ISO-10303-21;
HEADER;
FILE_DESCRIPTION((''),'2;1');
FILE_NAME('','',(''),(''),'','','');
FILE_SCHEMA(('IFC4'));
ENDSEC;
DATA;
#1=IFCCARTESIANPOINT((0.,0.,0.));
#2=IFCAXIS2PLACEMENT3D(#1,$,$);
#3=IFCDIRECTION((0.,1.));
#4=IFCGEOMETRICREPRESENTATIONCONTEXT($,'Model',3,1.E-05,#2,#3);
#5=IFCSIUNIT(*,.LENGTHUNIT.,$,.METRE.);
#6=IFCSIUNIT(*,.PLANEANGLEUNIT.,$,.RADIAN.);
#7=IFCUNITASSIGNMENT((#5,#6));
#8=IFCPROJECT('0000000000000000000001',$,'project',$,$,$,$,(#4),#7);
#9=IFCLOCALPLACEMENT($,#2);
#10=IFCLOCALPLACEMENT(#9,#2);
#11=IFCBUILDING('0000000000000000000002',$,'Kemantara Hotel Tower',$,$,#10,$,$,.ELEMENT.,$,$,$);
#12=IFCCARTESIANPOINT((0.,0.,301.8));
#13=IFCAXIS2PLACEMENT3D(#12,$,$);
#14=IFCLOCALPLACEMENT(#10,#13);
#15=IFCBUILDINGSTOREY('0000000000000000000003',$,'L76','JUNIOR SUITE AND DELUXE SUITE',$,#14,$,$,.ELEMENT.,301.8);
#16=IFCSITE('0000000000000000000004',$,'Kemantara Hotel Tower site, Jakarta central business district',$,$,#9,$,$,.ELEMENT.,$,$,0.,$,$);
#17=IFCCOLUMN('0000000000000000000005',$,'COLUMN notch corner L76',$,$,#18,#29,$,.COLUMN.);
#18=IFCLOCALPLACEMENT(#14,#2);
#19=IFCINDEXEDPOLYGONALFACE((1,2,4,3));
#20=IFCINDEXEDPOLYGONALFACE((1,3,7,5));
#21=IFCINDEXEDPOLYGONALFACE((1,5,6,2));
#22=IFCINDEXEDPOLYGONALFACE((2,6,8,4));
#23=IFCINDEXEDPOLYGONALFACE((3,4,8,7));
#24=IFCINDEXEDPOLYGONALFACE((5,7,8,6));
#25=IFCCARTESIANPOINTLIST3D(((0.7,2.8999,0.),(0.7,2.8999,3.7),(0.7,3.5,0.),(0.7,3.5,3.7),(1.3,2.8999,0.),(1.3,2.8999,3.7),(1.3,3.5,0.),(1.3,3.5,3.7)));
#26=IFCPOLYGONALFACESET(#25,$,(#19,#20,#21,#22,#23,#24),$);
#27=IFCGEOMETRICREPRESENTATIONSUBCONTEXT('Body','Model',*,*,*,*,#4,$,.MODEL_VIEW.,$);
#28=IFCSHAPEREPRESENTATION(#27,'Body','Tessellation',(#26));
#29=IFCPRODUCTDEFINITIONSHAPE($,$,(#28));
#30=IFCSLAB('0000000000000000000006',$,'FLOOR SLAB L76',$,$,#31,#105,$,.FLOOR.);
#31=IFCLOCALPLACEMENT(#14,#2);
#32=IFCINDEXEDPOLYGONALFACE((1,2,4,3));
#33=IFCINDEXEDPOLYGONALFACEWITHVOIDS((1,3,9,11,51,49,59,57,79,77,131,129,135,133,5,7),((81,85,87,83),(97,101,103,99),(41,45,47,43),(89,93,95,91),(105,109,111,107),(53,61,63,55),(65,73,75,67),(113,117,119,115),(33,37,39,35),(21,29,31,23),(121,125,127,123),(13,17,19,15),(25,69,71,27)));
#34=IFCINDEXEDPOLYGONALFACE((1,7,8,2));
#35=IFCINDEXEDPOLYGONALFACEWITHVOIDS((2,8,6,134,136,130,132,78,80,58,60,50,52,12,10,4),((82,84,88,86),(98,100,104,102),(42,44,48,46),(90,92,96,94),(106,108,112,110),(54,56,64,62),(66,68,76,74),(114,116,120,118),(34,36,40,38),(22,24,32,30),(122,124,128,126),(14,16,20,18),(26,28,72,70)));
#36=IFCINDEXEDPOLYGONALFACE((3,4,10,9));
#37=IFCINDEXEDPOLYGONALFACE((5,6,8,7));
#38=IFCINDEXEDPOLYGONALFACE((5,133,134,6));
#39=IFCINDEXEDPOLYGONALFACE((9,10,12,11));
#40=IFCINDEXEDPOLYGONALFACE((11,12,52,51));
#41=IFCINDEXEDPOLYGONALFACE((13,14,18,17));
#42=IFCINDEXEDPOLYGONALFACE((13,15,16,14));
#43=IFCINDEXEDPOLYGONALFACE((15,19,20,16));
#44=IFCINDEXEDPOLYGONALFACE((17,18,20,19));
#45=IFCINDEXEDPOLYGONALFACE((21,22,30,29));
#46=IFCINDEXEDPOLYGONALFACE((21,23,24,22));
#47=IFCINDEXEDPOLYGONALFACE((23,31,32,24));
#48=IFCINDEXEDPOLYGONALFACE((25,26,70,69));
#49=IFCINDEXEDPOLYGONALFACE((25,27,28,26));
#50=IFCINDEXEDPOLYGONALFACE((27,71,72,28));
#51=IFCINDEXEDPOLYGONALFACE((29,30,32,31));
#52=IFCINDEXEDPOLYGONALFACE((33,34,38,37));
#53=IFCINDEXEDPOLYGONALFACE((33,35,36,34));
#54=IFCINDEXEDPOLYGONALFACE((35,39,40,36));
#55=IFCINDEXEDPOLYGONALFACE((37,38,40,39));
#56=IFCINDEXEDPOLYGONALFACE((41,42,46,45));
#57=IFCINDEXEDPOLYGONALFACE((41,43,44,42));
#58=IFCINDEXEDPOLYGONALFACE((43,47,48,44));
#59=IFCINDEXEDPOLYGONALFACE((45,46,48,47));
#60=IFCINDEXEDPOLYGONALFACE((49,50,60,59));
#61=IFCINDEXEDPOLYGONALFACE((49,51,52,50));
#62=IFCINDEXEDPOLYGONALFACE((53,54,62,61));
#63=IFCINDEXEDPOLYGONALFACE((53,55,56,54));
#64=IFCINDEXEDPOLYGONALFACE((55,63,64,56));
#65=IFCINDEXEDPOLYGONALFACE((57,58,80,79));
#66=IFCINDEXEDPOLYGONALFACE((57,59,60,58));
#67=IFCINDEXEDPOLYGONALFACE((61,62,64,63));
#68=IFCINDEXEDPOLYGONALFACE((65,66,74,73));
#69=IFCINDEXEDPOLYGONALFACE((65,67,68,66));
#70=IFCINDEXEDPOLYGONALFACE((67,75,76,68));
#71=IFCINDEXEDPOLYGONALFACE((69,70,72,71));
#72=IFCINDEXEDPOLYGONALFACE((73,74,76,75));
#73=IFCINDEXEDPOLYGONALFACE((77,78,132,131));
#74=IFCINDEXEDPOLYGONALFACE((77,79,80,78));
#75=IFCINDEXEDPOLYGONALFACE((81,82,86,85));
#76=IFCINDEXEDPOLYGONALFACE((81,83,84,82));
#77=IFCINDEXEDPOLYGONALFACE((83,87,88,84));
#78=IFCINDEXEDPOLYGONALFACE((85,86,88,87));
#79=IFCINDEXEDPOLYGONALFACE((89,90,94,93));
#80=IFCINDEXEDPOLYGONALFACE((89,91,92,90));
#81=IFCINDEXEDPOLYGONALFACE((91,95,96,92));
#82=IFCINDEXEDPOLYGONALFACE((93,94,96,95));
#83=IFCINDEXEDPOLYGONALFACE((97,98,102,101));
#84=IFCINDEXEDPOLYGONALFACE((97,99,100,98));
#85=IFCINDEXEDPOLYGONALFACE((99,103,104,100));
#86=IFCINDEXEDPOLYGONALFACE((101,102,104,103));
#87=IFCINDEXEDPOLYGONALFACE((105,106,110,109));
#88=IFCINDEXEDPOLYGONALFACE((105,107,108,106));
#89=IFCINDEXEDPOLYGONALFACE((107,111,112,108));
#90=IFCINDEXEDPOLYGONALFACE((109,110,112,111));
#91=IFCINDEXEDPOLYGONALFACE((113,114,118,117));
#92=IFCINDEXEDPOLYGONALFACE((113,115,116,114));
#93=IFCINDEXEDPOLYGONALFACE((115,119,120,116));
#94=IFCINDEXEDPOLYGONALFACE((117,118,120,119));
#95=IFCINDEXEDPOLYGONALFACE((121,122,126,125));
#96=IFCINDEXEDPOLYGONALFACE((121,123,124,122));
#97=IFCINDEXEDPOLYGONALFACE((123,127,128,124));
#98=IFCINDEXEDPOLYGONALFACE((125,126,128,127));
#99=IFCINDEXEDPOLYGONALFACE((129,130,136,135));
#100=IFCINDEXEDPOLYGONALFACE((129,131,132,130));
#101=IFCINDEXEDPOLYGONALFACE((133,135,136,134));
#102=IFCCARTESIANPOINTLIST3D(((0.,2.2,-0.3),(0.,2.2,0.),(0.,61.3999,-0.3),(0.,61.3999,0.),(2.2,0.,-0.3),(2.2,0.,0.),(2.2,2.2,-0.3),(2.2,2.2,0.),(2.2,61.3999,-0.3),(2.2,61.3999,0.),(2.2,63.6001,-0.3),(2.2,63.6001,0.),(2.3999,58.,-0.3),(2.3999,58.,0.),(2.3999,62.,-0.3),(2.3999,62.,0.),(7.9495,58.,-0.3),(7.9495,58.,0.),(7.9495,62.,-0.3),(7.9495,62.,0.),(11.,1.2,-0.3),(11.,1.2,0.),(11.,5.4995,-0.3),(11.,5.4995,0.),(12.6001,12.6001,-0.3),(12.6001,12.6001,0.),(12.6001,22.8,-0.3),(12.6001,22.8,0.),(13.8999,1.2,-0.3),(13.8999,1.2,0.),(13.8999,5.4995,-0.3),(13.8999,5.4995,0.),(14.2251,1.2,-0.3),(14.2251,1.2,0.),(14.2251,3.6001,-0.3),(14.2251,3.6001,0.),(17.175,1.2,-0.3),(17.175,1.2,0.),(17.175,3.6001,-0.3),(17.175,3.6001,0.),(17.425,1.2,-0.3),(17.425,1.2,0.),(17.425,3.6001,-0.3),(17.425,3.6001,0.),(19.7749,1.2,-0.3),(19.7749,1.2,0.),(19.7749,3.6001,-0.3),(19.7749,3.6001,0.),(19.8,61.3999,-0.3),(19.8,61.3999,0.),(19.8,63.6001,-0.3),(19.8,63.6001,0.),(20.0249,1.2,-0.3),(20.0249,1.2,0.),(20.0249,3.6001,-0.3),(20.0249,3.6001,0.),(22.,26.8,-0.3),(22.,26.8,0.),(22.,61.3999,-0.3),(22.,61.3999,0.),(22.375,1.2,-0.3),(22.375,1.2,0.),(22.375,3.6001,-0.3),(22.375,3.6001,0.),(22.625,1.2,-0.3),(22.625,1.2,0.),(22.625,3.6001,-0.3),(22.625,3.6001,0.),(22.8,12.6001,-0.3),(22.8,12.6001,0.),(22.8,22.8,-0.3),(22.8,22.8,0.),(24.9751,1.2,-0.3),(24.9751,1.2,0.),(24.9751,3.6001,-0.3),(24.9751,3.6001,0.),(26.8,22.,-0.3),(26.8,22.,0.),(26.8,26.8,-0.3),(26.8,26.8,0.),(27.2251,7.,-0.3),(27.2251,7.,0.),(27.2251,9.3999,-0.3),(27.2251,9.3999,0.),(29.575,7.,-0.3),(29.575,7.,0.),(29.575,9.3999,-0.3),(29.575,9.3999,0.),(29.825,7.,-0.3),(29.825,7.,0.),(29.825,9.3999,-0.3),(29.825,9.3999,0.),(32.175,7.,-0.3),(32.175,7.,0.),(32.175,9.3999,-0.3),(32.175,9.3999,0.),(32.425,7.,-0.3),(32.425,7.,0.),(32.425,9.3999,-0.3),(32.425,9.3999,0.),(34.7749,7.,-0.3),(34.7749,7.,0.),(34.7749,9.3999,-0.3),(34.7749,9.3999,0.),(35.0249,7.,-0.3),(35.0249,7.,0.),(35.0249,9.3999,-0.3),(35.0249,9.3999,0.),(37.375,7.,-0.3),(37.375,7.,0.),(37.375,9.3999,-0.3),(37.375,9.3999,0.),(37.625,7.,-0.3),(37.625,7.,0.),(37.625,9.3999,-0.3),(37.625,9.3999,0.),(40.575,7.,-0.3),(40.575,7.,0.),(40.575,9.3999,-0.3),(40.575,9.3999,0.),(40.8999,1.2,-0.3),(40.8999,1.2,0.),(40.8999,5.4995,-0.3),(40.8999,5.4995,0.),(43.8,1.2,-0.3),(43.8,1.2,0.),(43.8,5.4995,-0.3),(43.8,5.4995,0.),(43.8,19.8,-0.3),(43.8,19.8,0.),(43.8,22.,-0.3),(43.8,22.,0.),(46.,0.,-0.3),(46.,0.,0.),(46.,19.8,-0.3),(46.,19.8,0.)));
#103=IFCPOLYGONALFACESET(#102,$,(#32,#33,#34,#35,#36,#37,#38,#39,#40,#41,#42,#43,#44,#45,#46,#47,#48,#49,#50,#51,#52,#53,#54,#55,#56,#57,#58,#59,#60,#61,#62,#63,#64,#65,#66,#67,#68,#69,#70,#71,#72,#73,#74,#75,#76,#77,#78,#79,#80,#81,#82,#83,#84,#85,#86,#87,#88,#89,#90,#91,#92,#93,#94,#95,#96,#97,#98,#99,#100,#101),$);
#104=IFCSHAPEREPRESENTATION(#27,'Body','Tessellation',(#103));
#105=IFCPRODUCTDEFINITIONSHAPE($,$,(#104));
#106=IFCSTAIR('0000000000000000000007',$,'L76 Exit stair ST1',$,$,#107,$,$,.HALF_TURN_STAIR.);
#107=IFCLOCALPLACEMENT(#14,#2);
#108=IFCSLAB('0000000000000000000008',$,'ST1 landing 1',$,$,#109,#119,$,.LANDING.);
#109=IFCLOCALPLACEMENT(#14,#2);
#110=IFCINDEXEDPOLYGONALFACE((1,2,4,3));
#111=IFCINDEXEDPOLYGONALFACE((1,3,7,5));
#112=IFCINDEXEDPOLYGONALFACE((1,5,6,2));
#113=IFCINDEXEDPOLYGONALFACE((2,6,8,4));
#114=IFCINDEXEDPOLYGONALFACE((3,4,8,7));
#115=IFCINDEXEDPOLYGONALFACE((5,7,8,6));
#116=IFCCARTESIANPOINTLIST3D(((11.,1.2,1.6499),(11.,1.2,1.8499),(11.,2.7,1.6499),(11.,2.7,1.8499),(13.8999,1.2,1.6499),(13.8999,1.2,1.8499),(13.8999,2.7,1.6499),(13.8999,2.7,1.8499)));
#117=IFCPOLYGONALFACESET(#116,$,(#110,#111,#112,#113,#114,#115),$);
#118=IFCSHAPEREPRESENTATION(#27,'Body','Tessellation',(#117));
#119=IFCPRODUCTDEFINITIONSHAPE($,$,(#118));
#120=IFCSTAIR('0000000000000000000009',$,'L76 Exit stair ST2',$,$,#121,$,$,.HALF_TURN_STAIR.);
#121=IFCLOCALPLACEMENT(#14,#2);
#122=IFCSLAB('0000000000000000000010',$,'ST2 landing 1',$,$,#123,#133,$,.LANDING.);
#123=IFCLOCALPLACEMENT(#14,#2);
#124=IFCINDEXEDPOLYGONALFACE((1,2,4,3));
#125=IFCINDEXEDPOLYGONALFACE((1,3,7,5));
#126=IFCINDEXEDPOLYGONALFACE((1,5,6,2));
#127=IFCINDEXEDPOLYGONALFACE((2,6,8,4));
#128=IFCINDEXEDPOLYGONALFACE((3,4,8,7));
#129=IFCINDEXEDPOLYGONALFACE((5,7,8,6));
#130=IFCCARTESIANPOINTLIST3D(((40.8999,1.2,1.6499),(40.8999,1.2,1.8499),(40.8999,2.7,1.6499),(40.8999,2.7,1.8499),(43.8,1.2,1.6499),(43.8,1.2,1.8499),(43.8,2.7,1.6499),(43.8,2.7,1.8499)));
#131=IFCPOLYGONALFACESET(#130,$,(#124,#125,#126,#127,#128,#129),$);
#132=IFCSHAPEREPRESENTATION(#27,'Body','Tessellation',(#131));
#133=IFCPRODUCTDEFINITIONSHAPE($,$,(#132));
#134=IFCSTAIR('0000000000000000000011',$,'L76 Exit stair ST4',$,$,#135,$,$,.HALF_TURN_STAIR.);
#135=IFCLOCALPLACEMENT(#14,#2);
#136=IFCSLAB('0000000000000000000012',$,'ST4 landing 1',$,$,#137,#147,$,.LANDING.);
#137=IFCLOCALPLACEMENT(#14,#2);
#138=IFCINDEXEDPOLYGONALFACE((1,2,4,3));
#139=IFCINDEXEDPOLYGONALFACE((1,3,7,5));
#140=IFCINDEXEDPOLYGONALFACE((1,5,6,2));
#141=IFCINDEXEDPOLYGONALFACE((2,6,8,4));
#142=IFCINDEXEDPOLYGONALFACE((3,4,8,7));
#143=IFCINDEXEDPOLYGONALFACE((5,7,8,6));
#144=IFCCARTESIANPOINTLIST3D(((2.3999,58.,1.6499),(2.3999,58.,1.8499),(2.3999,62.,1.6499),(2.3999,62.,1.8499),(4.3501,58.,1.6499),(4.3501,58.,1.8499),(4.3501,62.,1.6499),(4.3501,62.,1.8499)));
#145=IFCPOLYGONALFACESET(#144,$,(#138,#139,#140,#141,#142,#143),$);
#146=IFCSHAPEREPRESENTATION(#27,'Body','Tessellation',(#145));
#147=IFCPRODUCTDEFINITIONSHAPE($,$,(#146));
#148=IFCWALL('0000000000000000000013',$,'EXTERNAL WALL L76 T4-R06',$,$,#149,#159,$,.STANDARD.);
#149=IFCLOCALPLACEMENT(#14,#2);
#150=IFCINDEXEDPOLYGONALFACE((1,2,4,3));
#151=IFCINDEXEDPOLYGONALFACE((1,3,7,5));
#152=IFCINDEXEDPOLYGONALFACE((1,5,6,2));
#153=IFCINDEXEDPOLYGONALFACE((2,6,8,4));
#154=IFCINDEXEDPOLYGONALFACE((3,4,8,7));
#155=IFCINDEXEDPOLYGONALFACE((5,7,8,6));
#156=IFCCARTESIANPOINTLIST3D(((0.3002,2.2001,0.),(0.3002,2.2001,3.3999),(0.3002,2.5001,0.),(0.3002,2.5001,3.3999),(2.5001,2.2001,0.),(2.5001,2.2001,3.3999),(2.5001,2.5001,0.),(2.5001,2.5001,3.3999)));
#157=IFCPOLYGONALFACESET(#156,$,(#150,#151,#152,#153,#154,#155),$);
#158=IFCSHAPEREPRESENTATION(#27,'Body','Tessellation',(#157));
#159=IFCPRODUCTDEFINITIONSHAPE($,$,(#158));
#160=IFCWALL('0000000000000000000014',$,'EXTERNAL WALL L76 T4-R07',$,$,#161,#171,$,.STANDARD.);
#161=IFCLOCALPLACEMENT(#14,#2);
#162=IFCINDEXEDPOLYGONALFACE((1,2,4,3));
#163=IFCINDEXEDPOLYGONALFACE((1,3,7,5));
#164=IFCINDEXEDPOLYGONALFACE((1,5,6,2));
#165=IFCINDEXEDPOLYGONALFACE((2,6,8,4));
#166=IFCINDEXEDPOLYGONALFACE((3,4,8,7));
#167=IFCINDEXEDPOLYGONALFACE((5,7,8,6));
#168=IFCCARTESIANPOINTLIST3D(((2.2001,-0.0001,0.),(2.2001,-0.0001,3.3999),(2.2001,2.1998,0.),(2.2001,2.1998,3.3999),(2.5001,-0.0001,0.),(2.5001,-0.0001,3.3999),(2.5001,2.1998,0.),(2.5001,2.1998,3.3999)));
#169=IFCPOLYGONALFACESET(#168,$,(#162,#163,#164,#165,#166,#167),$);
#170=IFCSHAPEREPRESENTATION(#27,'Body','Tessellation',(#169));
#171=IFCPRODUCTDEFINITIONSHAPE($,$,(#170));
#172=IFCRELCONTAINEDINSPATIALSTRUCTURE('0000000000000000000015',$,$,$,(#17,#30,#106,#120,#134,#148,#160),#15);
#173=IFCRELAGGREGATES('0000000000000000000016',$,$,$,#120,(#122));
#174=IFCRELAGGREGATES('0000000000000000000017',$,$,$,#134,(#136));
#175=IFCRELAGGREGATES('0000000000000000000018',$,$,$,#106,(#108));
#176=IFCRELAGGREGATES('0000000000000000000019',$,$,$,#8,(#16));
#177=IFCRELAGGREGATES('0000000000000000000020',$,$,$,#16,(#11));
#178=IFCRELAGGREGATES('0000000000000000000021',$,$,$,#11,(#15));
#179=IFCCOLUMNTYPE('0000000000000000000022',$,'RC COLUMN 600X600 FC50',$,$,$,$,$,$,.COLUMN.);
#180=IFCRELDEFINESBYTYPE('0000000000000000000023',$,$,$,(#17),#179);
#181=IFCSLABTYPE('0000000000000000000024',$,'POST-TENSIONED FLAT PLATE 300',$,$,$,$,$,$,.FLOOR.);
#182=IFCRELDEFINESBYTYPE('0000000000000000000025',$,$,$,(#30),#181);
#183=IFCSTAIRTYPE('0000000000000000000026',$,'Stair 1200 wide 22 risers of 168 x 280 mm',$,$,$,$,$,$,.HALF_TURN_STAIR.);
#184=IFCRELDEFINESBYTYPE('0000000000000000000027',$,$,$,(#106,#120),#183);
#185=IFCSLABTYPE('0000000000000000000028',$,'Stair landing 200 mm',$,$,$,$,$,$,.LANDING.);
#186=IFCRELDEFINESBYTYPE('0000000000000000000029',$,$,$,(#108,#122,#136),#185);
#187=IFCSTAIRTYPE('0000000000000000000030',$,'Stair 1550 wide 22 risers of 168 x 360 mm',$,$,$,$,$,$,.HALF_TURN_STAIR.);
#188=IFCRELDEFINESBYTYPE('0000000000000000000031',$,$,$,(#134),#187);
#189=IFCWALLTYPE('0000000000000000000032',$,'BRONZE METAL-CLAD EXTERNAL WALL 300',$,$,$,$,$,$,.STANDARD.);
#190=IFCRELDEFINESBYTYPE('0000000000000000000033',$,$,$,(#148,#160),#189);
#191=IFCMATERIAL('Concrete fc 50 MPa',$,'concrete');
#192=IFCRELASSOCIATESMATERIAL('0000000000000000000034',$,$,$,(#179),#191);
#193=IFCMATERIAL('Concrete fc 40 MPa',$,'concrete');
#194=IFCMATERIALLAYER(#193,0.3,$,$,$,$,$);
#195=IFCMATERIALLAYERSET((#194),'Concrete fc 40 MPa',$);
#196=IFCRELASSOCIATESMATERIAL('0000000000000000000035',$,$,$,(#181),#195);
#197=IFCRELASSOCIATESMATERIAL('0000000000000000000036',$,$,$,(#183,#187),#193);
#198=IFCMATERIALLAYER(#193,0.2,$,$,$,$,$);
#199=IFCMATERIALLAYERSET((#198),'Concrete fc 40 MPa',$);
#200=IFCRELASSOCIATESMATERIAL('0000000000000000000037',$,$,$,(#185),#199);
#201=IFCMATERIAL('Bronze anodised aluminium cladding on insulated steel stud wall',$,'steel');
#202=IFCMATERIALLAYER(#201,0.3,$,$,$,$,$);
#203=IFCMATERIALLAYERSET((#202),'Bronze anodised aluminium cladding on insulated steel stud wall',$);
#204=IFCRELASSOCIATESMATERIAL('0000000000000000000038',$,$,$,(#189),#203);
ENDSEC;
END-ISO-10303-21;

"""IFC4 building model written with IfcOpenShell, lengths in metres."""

from ifc_helpers import new_model, si_unit, direction, frame, frame_2d, origin, origin_2d, place, context, subcontext, project, spatial, polyline, rectangle, outline, extrude, material, layer, layer_set, material_profile, profile_set, type_object, element, aggregate, save


model = new_model("IFC4")

# Units and contexts
model_context = context("Model", 3, precision=1e-05, world=origin(), true_north=direction((0.0, 1.0)))
body_context = subcontext(model_context, "Body", "Model", "MODEL_VIEW")
ifc_project = project(units=[si_unit("LENGTHUNIT", "METRE"), si_unit("PLANEANGLEUNIT", "RADIAN")], contexts=[model_context])

# Site, building, storey
site_placement = place(None, origin())
site = spatial("IfcSite", under=ifc_project, at=site_placement, Name="Kemantara Hotel Tower site, Jakarta central business district", CompositionType="ELEMENT", RefElevation=0.0)
building_placement = place(site_placement, origin())
building = spatial("IfcBuilding", under=site, at=building_placement, Name="Kemantara Hotel Tower", CompositionType="ELEMENT")
storey_placement = place(building_placement, frame((0.0, 0.0, 301.8)))
storey = spatial("IfcBuildingStorey", under=building, at=storey_placement, Name="L76", Description="JUNIOR SUITE AND DELUXE SUITE", CompositionType="ELEMENT", Elevation=301.8)

# Column
ifc_material_1 = material(Name="Concrete fc 50 MPa", Category="concrete")
ifc_material_profile = material_profile(ifc_material_1, rectangle(XDim=0.6001, YDim=0.6001, at=origin_2d()), Name="RC 600X600")
ifc_profile_set = profile_set([ifc_material_profile], Name="Concrete fc 50 MPa")
column_type = type_object("IfcColumnType", Name="RC COLUMN 600X600 FC50", PredefinedType="COLUMN", material=ifc_profile_set)
column_placement = place(storey_placement, frame((1.0, 3.2, 0.0), z_axis=(0.0, 0.0, 1.0), x_axis=(1.0, 0.0, 0.0)))
element("IfcColumn", 1, at=column_placement, inside=storey, type_object=column_type, Name="COLUMN notch corner L76", PredefinedType="COLUMN", context=body_context, shape_type="SweptSolid", body=[
    extrude(rectangle(XDim=0.6001, YDim=0.6001, at=origin_2d()), origin(), (0.0, 0.0, 1.0), 3.7),
])

# Slab
ifc_material_2 = material(Name="Concrete fc 40 MPa", Category="concrete")
ifc_layer_1 = layer(ifc_material_2, 0.3)
ifc_layer_set_1 = layer_set([ifc_layer_1], Name="Concrete fc 40 MPa")
slab_type_1 = type_object("IfcSlabType", Name="POST-TENSIONED FLAT PLATE 300", PredefinedType="FLOOR", material=ifc_layer_set_1)
slab_1_placement = place(storey_placement, frame((0.0, 0.0, -0.3)))
element("IfcSlab", 2, at=slab_1_placement, inside=storey, type_object=slab_type_1, Name="FLOOR SLAB L76", PredefinedType="FLOOR", context=body_context, shape_type="SweptSolid", body=[
    extrude(outline(polyline([(22.0, 26.8), (22.0, 61.3999), (19.8, 61.3999), (19.8, 63.6001), (2.2, 63.6001), (2.2, 61.3999), (0.0, 61.3999), (0.0, 2.2), (2.2, 2.2), (2.2, 0.0), (46.0, 0.0), (46.0, 19.8), (43.8, 19.8), (43.8, 22.0), (26.8, 22.0), (26.8, 26.8), (22.0, 26.8)]), holes=[polyline([(17.175, 3.6001), (17.175, 1.2), (14.2251, 1.2), (14.2251, 3.6001), (17.175, 3.6001)]), polyline([(19.7749, 1.2), (17.425, 1.2), (17.425, 3.6001), (19.7749, 3.6001), (19.7749, 1.2)]), polyline([(22.375, 1.2), (20.0249, 1.2), (20.0249, 3.6001), (22.375, 3.6001), (22.375, 1.2)]), polyline([(24.9751, 3.6001), (24.9751, 1.2), (22.625, 1.2), (22.625, 3.6001), (24.9751, 3.6001)]), polyline([(11.0, 1.2), (11.0, 5.4995), (13.8999, 5.4995), (13.8999, 1.2), (11.0, 1.2)]), polyline([(22.8, 12.6001), (12.6001, 12.6001), (12.6001, 22.8), (22.8, 22.8), (22.8, 12.6001)]), polyline([(2.3999, 58.0), (2.3999, 62.0), (7.9495, 62.0), (7.9495, 58.0), (2.3999, 58.0)]), polyline([(40.8999, 1.2), (40.8999, 5.4995), (43.8, 5.4995), (43.8, 1.2), (40.8999, 1.2)]), polyline([(29.575, 7.0), (27.2251, 7.0), (27.2251, 9.3999), (29.575, 9.3999), (29.575, 7.0)]), polyline([(32.175, 7.0), (29.825, 7.0), (29.825, 9.3999), (32.175, 9.3999), (32.175, 7.0)]), polyline([(34.7749, 7.0), (32.425, 7.0), (32.425, 9.3999), (34.7749, 9.3999), (34.7749, 7.0)]), polyline([(37.375, 7.0), (35.0249, 7.0), (35.0249, 9.3999), (37.375, 9.3999), (37.375, 7.0)]), polyline([(40.575, 7.0), (37.625, 7.0), (37.625, 9.3999), (40.575, 9.3999), (40.575, 7.0)])]), origin(), (0.0, 0.0, 1.0), 0.3),
])

# Stairs, slabs
stair_type_1 = type_object("IfcStairType", Name="Stair 1200 wide 22 risers of 168 x 280 mm", PredefinedType="HALF_TURN_STAIR", material=ifc_material_2)
stair_1_placement = place(storey_placement, origin())
stair_1 = element("IfcStair", 3, at=stair_1_placement, inside=storey, type_object=stair_type_1, Name="L76 Exit stair ST1", PredefinedType="HALF_TURN_STAIR")
ifc_layer_2 = layer(ifc_material_2, 0.2)
ifc_layer_set_2 = layer_set([ifc_layer_2], Name="Concrete fc 40 MPa")
slab_type_2 = type_object("IfcSlabType", Name="Stair landing 200 mm", PredefinedType="LANDING", material=ifc_layer_set_2)
slab_2_placement = place(storey_placement, frame((0.0, 0.0, 1.6499)))
slab_2 = element("IfcSlab", 4, at=slab_2_placement, type_object=slab_type_2, Name="ST1 landing 1", PredefinedType="LANDING", context=body_context, shape_type="SweptSolid", body=[
    extrude(outline(polyline([(11.0, 2.7), (11.0, 1.2), (13.8999, 1.2), (13.8999, 2.7), (11.0, 2.7)])), origin(), (0.0, 0.0, 1.0), 0.2),
])
stair_2_placement = place(storey_placement, origin())
stair_2 = element("IfcStair", 5, at=stair_2_placement, inside=storey, type_object=stair_type_1, Name="L76 Exit stair ST2", PredefinedType="HALF_TURN_STAIR")
slab_3_placement = place(storey_placement, frame((0.0, 0.0, 1.6499)))
slab_3 = element("IfcSlab", 6, at=slab_3_placement, type_object=slab_type_2, Name="ST2 landing 1", PredefinedType="LANDING", context=body_context, shape_type="SweptSolid", body=[
    extrude(outline(polyline([(40.8999, 2.7), (40.8999, 1.2), (43.8, 1.2), (43.8, 2.7), (40.8999, 2.7)])), origin(), (0.0, 0.0, 1.0), 0.2),
])
aggregate(stair_2, [slab_3])
stair_type_2 = type_object("IfcStairType", Name="Stair 1550 wide 22 risers of 168 x 360 mm", PredefinedType="HALF_TURN_STAIR", material=ifc_material_2)
stair_3_placement = place(storey_placement, origin())
stair_3 = element("IfcStair", 7, at=stair_3_placement, inside=storey, type_object=stair_type_2, Name="L76 Exit stair ST4", PredefinedType="HALF_TURN_STAIR")
slab_4_placement = place(storey_placement, frame((0.0, 0.0, 1.6499)))
slab_4 = element("IfcSlab", 8, at=slab_4_placement, type_object=slab_type_2, Name="ST4 landing 1", PredefinedType="LANDING", context=body_context, shape_type="SweptSolid", body=[
    extrude(outline(polyline([(4.3501, 62.0), (2.3999, 62.0), (2.3999, 58.0), (4.3501, 58.0), (4.3501, 62.0)])), origin(), (0.0, 0.0, 1.0), 0.2),
])
aggregate(stair_3, [slab_4])

# Walls
ifc_material_3 = material(Name="Bronze anodised aluminium cladding on insulated steel stud wall", Category="steel")
ifc_layer_3 = layer(ifc_material_3, 0.3)
ifc_layer_set_3 = layer_set([ifc_layer_3], Name="Bronze anodised aluminium cladding on insulated steel stud wall")
wall_type_1 = type_object("IfcWallType", Name="BRONZE METAL-CLAD EXTERNAL WALL 300", PredefinedType="STANDARD", material=ifc_layer_set_3)
for number, where, z_axis, x_axis, name in (
    (9, (0.3, 2.3501, 0.0), (0.0, 0.0, 1.0), (1.0, 0.0, 0.0), "EXTERNAL WALL L76 T4-R06"),
    (10, (2.3501, 2.2, 0.0), (0.0, 0.0, 1.0), (0.0, -1.0, 0.0), "EXTERNAL WALL L76 T4-R07"),
):
    element("IfcWall", number, at=place(storey_placement, frame(where, z_axis=z_axis, x_axis=x_axis)), inside=storey, type_object=wall_type_1, Name=name, PredefinedType="STANDARD", context=body_context, shape_type="SweptSolid", body=[
        extrude(rectangle(XDim=2.2, YDim=0.3, at=frame_2d((1.1001, 0.0))), origin(), (0.0, 0.0, 1.0), 3.3999),
    ])

aggregate(stair_1, [slab_2])

save(model, "model.ifc")
